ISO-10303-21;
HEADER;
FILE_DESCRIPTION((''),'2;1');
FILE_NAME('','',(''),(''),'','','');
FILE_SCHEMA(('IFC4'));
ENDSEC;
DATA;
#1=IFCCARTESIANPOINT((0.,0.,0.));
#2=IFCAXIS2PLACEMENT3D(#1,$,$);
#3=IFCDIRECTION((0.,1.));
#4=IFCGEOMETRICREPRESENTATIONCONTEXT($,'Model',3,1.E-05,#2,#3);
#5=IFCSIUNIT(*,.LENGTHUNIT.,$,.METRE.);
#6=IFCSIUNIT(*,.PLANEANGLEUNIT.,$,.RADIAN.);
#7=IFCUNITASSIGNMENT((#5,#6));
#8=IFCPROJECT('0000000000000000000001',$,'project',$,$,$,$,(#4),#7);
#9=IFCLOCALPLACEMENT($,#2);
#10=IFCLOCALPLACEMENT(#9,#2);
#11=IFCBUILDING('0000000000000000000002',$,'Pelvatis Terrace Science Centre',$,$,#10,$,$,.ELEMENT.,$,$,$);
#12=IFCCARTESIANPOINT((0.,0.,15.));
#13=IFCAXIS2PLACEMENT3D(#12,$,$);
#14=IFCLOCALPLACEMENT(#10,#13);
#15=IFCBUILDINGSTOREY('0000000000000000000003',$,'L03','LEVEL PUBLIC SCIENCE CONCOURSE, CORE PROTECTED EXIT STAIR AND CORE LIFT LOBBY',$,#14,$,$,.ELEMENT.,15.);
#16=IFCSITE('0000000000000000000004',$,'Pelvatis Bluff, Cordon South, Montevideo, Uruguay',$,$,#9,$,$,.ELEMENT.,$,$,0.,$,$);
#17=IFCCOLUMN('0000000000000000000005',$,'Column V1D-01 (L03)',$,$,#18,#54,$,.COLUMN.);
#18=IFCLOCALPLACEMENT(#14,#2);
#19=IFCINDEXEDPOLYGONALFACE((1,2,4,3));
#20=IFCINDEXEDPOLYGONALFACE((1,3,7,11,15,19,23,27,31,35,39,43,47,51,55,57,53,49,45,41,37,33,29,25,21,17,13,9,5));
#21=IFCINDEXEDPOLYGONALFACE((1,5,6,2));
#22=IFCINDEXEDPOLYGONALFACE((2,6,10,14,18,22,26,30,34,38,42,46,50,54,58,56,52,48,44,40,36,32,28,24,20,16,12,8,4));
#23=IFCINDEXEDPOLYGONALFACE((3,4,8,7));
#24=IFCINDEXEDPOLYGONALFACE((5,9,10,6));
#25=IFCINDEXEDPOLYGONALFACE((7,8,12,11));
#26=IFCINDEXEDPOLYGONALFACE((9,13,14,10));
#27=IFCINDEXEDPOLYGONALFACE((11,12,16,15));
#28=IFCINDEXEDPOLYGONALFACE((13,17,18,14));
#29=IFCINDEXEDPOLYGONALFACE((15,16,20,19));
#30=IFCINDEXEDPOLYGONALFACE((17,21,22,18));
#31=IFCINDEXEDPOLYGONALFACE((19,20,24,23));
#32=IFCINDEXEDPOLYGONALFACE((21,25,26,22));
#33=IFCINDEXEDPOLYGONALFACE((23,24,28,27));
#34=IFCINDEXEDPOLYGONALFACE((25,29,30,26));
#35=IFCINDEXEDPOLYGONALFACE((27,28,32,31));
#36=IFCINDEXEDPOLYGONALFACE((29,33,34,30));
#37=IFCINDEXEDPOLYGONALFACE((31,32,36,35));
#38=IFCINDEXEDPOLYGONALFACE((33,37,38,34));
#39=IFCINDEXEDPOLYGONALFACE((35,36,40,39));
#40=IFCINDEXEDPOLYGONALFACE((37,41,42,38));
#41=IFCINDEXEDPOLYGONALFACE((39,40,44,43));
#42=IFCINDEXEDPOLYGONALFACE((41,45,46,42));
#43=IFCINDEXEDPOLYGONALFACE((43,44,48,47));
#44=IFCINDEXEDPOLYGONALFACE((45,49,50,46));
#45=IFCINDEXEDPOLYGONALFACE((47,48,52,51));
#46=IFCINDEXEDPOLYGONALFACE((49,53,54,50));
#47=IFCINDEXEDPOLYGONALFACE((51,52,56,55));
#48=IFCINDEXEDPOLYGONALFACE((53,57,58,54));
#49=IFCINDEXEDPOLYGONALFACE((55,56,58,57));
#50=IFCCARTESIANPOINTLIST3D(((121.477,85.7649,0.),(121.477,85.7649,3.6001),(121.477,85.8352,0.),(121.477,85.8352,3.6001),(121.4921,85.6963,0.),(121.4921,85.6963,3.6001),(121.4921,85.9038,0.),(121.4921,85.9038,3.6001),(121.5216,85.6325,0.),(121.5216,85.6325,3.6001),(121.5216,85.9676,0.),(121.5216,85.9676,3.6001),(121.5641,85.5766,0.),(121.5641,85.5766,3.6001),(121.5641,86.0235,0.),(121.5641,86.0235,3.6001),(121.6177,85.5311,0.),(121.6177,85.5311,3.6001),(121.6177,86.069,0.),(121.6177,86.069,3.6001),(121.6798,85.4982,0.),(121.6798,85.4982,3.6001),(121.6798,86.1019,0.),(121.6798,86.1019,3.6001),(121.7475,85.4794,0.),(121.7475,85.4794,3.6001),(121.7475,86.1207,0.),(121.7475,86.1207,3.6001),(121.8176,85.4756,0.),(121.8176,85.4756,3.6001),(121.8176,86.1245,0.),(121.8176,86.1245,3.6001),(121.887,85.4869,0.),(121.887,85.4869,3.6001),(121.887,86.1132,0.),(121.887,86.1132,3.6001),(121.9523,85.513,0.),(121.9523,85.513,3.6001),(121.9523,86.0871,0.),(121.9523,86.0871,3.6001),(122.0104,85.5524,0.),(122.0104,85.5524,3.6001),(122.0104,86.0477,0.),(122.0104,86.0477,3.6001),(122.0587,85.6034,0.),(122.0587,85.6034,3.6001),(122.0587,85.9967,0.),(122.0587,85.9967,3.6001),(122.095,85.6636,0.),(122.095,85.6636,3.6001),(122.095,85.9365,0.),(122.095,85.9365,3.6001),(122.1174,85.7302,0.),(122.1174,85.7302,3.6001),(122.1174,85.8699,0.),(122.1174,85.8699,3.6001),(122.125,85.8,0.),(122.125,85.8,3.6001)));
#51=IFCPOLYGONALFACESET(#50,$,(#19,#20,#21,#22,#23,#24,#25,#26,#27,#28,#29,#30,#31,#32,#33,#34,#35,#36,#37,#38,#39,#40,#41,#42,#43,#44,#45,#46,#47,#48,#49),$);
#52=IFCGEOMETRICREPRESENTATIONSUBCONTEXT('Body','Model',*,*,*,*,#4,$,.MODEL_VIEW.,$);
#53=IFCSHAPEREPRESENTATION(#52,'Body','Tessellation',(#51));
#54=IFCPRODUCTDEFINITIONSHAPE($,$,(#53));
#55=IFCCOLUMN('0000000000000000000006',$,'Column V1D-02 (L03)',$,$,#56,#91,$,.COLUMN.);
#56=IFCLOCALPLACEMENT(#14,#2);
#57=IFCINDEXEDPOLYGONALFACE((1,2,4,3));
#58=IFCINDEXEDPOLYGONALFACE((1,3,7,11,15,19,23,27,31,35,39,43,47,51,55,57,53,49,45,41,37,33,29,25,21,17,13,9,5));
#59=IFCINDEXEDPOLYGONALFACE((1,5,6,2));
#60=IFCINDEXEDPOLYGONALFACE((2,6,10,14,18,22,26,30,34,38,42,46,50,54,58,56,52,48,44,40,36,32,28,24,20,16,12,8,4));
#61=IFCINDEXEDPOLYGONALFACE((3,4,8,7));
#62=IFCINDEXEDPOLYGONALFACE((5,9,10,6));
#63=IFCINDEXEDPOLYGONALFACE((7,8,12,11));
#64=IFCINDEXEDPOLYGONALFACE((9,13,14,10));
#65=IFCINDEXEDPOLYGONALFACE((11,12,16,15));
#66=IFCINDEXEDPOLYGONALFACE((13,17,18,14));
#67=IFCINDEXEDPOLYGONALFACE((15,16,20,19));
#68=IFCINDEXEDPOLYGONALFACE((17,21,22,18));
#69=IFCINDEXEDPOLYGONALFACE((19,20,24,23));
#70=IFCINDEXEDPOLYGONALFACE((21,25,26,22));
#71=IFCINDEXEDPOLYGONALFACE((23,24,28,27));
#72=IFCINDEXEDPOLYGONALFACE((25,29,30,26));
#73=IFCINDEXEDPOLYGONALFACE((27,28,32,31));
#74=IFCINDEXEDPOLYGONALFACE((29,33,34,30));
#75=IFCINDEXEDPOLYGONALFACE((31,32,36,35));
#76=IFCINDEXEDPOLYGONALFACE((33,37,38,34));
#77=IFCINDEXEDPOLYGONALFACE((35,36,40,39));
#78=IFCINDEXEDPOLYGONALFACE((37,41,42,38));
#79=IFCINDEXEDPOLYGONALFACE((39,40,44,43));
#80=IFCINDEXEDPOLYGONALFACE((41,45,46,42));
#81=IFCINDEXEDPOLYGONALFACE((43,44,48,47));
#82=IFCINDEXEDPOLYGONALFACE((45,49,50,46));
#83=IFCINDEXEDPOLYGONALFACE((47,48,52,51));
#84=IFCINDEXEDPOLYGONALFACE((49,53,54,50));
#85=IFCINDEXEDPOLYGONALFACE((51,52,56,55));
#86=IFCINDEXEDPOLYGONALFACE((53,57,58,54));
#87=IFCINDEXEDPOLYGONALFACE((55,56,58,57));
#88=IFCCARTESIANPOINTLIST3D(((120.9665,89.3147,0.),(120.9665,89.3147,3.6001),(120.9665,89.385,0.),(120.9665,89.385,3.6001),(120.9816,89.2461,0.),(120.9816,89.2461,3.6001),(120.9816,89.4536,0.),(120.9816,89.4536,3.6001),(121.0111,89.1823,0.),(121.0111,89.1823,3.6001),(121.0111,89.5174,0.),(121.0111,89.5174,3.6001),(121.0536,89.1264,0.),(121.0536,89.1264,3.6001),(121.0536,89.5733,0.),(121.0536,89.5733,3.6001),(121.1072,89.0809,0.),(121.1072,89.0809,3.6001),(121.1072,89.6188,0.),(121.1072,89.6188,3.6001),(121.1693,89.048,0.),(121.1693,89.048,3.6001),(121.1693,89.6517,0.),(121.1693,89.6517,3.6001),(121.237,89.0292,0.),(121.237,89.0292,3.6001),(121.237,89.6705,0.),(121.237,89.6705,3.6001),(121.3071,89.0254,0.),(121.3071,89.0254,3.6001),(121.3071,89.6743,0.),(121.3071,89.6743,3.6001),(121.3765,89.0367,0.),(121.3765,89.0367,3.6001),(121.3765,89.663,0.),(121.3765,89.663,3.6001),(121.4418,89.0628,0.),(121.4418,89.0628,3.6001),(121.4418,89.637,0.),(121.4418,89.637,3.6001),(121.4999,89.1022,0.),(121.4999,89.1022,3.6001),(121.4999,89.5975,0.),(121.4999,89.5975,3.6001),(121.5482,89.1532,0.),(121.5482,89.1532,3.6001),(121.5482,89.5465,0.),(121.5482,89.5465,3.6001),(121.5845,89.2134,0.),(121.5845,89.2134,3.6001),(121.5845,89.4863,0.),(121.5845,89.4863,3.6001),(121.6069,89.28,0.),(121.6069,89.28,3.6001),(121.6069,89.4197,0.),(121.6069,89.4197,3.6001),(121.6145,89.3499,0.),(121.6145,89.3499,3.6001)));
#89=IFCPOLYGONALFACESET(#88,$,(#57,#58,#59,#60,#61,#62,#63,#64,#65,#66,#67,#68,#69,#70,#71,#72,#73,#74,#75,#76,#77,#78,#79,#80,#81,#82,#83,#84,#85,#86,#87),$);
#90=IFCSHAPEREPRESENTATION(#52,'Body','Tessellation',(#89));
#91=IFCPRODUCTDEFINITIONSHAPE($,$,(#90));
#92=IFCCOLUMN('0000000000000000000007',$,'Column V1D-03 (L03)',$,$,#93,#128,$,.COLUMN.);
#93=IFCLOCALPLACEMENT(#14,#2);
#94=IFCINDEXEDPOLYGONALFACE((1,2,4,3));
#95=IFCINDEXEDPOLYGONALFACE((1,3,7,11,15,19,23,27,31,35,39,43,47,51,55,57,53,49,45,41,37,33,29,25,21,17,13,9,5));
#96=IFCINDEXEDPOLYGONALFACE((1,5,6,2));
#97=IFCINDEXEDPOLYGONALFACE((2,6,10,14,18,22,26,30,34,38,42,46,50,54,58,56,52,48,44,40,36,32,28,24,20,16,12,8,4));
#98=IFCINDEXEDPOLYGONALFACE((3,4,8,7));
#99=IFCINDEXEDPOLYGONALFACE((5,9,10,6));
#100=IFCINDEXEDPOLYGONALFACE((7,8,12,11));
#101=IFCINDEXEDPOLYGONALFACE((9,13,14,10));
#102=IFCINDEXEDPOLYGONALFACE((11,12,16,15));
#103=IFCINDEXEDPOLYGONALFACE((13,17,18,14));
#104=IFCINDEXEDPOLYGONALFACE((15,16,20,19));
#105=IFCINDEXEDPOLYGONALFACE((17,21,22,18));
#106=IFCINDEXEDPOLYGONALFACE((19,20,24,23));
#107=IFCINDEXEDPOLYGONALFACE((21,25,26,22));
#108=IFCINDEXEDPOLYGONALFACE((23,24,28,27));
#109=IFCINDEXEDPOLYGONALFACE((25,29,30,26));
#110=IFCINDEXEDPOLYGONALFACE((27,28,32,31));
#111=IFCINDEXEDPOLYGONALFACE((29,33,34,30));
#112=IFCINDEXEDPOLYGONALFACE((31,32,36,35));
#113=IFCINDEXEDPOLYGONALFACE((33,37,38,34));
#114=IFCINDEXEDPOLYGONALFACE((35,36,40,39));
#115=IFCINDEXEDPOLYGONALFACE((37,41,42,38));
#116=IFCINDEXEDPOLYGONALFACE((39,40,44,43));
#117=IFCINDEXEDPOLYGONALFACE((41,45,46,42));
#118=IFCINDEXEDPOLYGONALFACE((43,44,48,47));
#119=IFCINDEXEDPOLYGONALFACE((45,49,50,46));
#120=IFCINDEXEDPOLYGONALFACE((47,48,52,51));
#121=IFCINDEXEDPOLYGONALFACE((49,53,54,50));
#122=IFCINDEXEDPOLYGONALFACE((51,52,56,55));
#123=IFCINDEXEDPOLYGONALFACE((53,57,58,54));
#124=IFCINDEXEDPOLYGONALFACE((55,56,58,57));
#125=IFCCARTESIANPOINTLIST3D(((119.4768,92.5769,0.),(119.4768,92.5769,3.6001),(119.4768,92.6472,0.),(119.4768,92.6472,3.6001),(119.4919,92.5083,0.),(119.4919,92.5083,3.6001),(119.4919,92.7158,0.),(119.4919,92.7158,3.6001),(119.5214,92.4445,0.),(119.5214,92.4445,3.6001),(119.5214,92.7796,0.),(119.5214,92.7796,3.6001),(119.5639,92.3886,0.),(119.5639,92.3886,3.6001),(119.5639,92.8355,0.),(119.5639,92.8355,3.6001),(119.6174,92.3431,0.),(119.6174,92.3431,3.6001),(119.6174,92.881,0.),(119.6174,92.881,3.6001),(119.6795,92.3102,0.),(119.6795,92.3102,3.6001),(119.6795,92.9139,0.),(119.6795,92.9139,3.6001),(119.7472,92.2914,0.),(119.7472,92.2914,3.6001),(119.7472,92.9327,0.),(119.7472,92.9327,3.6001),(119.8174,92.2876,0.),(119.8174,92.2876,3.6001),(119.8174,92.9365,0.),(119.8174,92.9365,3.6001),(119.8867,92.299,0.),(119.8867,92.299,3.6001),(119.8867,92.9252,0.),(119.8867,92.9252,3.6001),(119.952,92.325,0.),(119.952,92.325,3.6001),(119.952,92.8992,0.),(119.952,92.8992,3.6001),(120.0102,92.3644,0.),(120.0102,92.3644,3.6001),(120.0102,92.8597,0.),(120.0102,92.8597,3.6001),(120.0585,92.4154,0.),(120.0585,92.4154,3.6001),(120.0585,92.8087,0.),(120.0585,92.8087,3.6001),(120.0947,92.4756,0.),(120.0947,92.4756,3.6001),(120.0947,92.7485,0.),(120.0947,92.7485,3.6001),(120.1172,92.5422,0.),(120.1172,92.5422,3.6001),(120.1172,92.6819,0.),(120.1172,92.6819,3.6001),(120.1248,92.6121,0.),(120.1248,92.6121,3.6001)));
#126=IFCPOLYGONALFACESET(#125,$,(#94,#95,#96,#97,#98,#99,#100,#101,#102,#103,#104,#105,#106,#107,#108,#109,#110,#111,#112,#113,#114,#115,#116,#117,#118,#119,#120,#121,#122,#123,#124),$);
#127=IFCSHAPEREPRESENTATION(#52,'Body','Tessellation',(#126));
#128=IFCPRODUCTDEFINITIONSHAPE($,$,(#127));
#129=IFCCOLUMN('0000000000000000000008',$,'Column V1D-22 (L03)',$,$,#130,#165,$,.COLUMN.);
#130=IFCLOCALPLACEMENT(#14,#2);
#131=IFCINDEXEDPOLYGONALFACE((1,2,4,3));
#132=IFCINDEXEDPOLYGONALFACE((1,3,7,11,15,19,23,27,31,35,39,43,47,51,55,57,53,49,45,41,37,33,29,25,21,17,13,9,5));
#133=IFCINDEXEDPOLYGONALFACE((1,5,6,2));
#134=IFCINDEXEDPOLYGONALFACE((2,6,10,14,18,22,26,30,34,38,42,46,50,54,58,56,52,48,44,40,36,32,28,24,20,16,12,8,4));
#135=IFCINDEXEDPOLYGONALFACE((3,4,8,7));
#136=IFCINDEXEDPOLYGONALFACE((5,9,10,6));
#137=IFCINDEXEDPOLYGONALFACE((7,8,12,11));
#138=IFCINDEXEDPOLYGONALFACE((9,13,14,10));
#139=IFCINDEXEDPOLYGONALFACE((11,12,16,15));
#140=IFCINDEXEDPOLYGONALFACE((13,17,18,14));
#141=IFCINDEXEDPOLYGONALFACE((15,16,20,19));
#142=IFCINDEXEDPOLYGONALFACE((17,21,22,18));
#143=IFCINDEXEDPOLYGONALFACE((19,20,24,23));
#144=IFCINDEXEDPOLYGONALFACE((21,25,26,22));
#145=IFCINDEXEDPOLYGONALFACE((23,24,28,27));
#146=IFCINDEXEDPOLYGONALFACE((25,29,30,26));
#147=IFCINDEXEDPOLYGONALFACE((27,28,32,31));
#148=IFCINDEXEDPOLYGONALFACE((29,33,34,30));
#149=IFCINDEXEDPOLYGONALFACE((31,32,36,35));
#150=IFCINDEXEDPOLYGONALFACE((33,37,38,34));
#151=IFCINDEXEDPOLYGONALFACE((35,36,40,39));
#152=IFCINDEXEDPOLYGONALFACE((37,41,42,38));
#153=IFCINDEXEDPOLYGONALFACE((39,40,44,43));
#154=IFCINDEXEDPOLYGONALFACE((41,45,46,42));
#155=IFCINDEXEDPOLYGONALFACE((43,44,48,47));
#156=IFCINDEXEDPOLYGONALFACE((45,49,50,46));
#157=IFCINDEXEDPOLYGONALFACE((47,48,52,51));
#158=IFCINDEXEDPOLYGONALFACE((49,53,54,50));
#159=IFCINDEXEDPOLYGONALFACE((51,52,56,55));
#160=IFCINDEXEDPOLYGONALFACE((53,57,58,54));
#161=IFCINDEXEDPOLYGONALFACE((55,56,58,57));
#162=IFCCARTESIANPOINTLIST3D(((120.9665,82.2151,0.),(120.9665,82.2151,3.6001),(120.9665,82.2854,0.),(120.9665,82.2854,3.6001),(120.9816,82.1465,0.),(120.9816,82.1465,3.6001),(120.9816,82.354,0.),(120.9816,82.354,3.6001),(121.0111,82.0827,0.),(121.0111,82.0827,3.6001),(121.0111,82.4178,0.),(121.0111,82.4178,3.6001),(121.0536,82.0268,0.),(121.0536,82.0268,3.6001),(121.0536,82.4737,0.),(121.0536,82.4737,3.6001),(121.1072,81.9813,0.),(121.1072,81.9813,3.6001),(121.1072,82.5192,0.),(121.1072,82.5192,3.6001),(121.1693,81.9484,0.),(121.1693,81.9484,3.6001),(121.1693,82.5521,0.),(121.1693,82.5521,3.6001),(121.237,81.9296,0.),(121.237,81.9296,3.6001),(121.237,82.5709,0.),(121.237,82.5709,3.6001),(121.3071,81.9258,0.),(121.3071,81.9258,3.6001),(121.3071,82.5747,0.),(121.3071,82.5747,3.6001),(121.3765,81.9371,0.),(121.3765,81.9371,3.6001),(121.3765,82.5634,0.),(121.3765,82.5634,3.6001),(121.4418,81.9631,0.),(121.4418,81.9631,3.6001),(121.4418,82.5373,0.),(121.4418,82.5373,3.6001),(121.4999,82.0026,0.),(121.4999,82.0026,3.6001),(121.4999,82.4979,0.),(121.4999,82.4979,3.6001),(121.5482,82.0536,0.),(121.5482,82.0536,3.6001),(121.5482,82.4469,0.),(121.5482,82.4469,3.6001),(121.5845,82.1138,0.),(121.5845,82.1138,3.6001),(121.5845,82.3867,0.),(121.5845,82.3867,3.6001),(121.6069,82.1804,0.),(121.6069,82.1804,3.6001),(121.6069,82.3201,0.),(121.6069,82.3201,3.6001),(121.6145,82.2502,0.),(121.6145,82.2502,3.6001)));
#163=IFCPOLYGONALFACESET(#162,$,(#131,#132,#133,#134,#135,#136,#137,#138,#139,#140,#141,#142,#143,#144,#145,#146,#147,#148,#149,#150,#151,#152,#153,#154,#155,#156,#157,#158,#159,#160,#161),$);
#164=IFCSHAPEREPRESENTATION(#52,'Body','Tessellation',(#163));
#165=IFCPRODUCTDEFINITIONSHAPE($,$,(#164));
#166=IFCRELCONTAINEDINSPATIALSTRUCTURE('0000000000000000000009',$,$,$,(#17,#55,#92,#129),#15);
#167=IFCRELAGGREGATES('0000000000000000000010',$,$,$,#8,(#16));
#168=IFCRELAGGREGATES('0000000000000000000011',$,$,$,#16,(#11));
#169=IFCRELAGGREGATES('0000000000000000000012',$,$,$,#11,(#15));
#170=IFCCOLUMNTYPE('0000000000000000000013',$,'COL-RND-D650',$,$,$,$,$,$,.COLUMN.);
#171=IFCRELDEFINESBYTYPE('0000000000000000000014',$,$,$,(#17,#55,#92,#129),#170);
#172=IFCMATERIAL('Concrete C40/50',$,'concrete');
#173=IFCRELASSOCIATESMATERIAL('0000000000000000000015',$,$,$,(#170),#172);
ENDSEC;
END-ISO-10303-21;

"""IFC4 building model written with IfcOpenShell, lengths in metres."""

from ifc_helpers import new_model, si_unit, direction, frame, origin, origin_2d, place, context, subcontext, project, spatial, circle, extrude, material, material_profile, profile_set, type_object, element, save


model = new_model("IFC4")

# Units and contexts
model_context = context("Model", 3, precision=1e-05, world=origin(), true_north=direction((0.0, 1.0)))
body_context = subcontext(model_context, "Body", "Model", "MODEL_VIEW")
ifc_project = project(units=[si_unit("LENGTHUNIT", "METRE"), si_unit("PLANEANGLEUNIT", "RADIAN")], contexts=[model_context])

# Site, building, storey
site_placement = place(None, origin())
site = spatial("IfcSite", under=ifc_project, at=site_placement, Name="Pelvatis Bluff, Cordon South, Montevideo, Uruguay", CompositionType="ELEMENT", RefElevation=0.0)
building_placement = place(site_placement, origin())
building = spatial("IfcBuilding", under=site, at=building_placement, Name="Pelvatis Terrace Science Centre", CompositionType="ELEMENT")
storey_placement = place(building_placement, frame((0.0, 0.0, 15.0)))
storey = spatial("IfcBuildingStorey", under=building, at=storey_placement, Name="L03", Description="LEVEL PUBLIC SCIENCE CONCOURSE, CORE PROTECTED EXIT STAIR AND CORE LIFT LOBBY", CompositionType="ELEMENT", Elevation=15.0)

# Columns
ifc_material_1 = material(Name="Concrete C40/50", Category="concrete")
ifc_material_profile_1 = material_profile(ifc_material_1, circle(Radius=0.325, at=origin_2d()), Name="RC-RCOL D650")
ifc_profile_set_1 = profile_set([ifc_material_profile_1], Name="Concrete C40/50")
column_type = type_object("IfcColumnType", Name="COL-RND-D650", PredefinedType="COLUMN", material=ifc_profile_set_1)
for number, where, z_axis, x_axis, name in (
    (1, (121.8, 85.8, 0.0), (0.0, 0.0, 1.0), (1.0, 0.0, 0.0), "Column V1D-01 (L03)"),
    (2, (121.2896, 89.3499, 0.0), (0.0, 0.0, 1.0), (1.0, 0.0, 0.0), "Column V1D-02 (L03)"),
    (3, (119.7998, 92.6121, 0.0), (0.0, 0.0, 1.0), (1.0, 0.0, 0.0), "Column V1D-03 (L03)"),
    (4, (121.2896, 82.2502, 0.0), (0.0, 0.0, 1.0), (1.0, 0.0, 0.0), "Column V1D-22 (L03)"),
):
    element("IfcColumn", number, at=place(storey_placement, frame(where, z_axis=z_axis, x_axis=x_axis)), inside=storey, type_object=column_type, Name=name, PredefinedType="COLUMN", context=body_context, shape_type="SweptSolid", body=[
        extrude(circle(Radius=0.325, at=origin_2d()), origin(), (0.0, 0.0, 1.0), 3.6001),
    ])

save(model, "model.ifc")
